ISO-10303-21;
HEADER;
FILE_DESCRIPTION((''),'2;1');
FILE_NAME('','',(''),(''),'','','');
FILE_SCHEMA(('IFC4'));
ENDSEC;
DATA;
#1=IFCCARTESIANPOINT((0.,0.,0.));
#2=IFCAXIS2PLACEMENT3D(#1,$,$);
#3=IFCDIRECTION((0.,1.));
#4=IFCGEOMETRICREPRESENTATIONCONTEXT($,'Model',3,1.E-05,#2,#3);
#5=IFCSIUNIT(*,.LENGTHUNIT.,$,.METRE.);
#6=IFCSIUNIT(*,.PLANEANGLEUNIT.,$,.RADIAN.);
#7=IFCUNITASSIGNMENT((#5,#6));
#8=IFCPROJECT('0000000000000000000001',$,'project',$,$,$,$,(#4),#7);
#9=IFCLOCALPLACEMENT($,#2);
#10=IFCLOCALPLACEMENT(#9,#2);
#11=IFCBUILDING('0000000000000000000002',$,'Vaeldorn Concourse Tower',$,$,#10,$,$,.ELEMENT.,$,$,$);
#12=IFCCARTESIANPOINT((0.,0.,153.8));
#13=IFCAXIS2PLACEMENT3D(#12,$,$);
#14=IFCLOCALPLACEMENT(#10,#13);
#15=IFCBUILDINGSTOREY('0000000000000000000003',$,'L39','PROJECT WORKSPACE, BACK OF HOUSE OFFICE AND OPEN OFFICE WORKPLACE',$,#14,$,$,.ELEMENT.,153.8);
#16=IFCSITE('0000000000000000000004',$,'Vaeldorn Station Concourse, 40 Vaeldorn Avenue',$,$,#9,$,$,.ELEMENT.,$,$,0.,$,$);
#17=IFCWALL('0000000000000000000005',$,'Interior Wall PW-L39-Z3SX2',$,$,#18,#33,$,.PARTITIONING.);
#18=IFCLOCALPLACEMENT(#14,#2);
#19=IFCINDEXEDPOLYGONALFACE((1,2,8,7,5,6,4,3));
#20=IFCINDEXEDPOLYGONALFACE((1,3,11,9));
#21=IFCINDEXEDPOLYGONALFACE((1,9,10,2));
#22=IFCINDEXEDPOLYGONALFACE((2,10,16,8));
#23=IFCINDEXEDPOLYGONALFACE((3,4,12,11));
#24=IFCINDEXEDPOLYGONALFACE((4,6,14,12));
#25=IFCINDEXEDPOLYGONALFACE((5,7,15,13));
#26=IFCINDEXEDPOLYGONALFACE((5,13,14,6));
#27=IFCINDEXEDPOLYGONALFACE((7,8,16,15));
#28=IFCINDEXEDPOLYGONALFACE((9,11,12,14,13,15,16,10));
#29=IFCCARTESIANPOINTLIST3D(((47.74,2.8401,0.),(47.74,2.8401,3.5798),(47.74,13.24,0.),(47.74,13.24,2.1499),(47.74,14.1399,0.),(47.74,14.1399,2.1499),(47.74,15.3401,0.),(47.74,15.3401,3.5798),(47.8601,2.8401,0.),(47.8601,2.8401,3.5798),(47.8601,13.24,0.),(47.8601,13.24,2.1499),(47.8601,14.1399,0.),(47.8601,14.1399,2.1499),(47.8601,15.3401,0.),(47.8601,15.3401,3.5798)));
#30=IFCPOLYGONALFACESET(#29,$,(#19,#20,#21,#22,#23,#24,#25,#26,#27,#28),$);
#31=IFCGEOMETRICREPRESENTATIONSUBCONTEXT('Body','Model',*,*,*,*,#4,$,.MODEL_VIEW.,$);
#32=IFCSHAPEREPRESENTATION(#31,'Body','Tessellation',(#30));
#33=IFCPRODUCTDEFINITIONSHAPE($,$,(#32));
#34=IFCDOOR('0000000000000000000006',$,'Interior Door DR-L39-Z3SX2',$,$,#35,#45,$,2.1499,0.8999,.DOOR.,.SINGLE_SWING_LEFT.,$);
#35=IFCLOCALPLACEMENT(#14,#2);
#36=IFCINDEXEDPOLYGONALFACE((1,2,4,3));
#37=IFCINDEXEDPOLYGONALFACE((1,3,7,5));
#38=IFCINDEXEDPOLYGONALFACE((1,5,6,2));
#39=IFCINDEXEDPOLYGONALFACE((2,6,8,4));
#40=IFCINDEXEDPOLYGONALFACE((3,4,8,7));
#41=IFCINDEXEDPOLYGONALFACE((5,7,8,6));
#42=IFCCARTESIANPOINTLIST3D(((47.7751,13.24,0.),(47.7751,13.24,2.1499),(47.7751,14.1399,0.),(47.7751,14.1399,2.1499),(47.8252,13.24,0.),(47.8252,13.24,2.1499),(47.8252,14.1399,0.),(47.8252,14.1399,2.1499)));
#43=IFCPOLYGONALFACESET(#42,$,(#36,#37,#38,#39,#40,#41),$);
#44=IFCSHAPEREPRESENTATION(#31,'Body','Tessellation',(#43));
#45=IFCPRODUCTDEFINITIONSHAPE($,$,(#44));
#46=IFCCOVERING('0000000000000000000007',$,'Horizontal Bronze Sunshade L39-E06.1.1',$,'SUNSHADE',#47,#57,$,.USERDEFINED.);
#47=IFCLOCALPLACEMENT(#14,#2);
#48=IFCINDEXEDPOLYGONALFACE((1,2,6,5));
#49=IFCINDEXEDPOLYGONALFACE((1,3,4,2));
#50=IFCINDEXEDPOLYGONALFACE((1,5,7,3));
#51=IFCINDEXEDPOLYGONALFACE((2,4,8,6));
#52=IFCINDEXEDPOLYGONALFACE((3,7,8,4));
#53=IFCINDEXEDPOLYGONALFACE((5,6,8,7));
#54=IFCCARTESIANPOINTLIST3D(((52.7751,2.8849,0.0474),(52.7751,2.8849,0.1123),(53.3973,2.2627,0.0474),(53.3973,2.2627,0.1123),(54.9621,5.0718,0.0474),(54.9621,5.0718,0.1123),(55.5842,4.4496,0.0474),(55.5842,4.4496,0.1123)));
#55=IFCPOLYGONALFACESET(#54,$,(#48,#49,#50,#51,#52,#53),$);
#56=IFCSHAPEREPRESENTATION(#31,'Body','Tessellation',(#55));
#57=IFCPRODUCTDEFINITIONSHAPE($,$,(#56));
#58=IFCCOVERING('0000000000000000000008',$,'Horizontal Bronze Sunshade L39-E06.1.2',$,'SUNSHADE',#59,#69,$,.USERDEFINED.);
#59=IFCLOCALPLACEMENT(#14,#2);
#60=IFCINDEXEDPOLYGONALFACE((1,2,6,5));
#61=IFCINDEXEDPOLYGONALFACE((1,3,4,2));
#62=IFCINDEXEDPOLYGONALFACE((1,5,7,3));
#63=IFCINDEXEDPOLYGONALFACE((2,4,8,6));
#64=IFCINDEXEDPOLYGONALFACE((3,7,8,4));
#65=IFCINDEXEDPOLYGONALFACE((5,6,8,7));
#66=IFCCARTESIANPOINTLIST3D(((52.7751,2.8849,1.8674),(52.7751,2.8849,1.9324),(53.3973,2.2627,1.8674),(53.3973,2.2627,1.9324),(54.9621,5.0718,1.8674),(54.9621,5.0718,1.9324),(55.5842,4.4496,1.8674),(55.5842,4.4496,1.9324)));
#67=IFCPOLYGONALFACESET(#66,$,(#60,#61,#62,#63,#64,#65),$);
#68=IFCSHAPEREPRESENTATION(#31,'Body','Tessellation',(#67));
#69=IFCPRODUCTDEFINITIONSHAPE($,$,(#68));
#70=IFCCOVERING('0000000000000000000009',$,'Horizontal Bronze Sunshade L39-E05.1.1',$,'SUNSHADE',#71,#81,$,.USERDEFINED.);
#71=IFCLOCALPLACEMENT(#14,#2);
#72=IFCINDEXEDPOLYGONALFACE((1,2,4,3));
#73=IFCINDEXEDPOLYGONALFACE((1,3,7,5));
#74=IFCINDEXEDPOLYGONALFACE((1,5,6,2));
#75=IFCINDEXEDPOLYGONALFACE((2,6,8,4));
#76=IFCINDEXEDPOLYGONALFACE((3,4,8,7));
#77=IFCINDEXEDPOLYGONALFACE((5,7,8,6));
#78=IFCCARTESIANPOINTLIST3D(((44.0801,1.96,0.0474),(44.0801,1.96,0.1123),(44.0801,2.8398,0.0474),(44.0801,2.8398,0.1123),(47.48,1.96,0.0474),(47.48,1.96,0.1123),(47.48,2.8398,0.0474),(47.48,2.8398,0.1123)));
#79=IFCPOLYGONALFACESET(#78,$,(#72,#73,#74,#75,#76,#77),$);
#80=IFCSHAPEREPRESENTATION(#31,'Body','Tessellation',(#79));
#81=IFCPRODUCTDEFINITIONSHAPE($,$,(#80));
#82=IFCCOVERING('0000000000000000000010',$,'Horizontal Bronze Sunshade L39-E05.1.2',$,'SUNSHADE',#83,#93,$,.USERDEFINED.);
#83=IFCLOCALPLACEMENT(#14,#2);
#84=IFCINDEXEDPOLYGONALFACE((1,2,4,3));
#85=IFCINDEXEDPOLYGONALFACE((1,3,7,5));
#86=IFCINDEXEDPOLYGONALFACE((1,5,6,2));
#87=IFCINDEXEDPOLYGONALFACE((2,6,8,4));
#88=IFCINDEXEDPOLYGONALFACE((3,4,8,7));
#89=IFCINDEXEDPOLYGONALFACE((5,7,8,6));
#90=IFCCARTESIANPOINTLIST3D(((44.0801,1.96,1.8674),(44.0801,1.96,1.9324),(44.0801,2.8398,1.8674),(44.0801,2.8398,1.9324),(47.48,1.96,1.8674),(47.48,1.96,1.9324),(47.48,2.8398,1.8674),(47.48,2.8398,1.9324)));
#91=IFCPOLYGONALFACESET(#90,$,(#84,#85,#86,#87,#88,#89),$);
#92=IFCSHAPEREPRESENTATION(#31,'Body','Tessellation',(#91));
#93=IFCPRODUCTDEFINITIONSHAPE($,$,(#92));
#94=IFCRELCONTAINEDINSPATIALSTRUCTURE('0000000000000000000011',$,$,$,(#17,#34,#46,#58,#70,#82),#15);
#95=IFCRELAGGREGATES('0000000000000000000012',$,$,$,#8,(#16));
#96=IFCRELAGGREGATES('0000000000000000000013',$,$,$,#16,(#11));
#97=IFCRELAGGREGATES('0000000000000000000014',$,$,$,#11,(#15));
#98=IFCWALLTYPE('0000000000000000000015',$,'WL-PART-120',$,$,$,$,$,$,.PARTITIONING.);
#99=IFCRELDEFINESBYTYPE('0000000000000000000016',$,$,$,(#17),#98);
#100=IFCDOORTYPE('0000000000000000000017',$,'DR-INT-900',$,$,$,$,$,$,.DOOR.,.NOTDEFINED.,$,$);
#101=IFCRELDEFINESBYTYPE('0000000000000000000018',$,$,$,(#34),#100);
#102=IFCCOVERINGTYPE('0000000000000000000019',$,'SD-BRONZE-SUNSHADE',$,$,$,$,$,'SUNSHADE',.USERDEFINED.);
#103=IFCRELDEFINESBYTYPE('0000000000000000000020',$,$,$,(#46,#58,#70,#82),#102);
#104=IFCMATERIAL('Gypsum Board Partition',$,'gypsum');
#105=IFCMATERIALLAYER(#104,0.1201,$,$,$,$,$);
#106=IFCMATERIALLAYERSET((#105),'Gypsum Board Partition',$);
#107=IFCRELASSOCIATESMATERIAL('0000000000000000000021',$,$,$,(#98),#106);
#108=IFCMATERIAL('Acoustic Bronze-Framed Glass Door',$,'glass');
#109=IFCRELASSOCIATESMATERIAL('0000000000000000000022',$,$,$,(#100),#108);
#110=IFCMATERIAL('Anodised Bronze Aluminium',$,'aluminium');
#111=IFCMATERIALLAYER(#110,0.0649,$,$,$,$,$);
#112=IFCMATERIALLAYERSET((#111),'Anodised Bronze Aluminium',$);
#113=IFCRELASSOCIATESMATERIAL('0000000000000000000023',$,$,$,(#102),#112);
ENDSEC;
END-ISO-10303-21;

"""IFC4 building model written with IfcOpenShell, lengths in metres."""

from ifc_helpers import new_model, si_unit, direction, frame, frame_2d, origin, origin_2d, place, context, subcontext, project, spatial, rectangle, extrude, source, transform, mapped, material, layer, layer_set, type_object, element, fill, save


model = new_model("IFC4")

# Units and contexts
model_context = context("Model", 3, precision=1e-05, world=origin(), true_north=direction((0.0, 1.0)))
body_context = subcontext(model_context, "Body", "Model", "MODEL_VIEW")
ifc_project = project(units=[si_unit("LENGTHUNIT", "METRE"), si_unit("PLANEANGLEUNIT", "RADIAN")], contexts=[model_context])

# Site, building, storey
site_placement = place(None, origin())
site = spatial("IfcSite", under=ifc_project, at=site_placement, Name="Vaeldorn Station Concourse, 40 Vaeldorn Avenue", CompositionType="ELEMENT", RefElevation=0.0)
building_placement = place(site_placement, origin())
building = spatial("IfcBuilding", under=site, at=building_placement, Name="Vaeldorn Concourse Tower", CompositionType="ELEMENT")
storey_placement = place(building_placement, frame((0.0, 0.0, 153.8)))
storey = spatial("IfcBuildingStorey", under=building, at=storey_placement, Name="L39", Description="PROJECT WORKSPACE, BACK OF HOUSE OFFICE AND OPEN OFFICE WORKPLACE", CompositionType="ELEMENT", Elevation=153.8)

# Shared definitions
ifc_material_1 = material(Name="Anodised Bronze Aluminium", Category="aluminium")

# Wall, opening, door
ifc_material_2 = material(Name="Gypsum Board Partition", Category="gypsum")
ifc_layer_1 = layer(ifc_material_2, 0.1201)
ifc_layer_set_1 = layer_set([ifc_layer_1], Name="Gypsum Board Partition")
wall_type_1 = type_object("IfcWallType", Name="WL-PART-120", PredefinedType="PARTITIONING", material=ifc_layer_set_1)
wall_1_placement = place(storey_placement, frame((47.8, 2.8401, 0.0), z_axis=(0.0, 0.0, 1.0), x_axis=(0.0, 1.0, 0.0)))
wall_1 = element("IfcWall", 1, at=wall_1_placement, inside=storey, type_object=wall_type_1, Name="Interior Wall PW-L39-Z3SX2", PredefinedType="PARTITIONING", context=body_context, shape_type="SweptSolid", body=[
    extrude(rectangle(XDim=12.5, YDim=0.1201, at=frame_2d((6.25, 0.0))), origin(), (0.0, 0.0, 1.0), 3.5798),
])
opening_1_placement = place(wall_1_placement, frame((10.3999, 0.0, 0.0)))
opening_1 = element("IfcOpeningElement", 2, at=opening_1_placement, cuts=wall_1, PredefinedType="OPENING", context=body_context, shape_type="SweptSolid", body=[
    extrude(rectangle(XDim=0.8999, YDim=2.1499, at=frame_2d((0.45, 1.075))), frame((0.0, 0.0701, 0.0), z_axis=(0.0, -1.0, 0.0), x_axis=(1.0, 0.0, 0.0)), (0.0, 0.0, 1.0), 0.1401),
])
ifc_material_3 = material(Name="Acoustic Bronze-Framed Glass Door", Category="glass")
door_type_1 = type_object("IfcDoorType", Name="DR-INT-900", OperationType="NOTDEFINED", PredefinedType="DOOR", material=ifc_material_3)
shared_shape_1 = source(origin(), body_context, "Body", "SweptSolid", [
    extrude(rectangle(XDim=0.8999, YDim=2.1499, at=frame_2d((0.45, 1.075))), frame((0.0, 0.0249, 0.0), z_axis=(0.0, -1.0, 0.0), x_axis=(1.0, 0.0, 0.0)), (0.0, 0.0, 1.0), 0.05),
])
door_1_placement = place(opening_1_placement, origin())
door_1 = element("IfcDoor", 3, at=door_1_placement, inside=storey, type_object=door_type_1, Name="Interior Door DR-L39-Z3SX2", OperationType="SINGLE_SWING_LEFT", OverallHeight=2.1499, OverallWidth=0.8999, PredefinedType="DOOR", context=body_context, shape_type="MappedRepresentation", body=[
    mapped(shared_shape_1, transform((0.0, 0.0, 0.0), scale=1.0)),
])
fill(opening_1, door_1)

# Coverings
ifc_layer_2 = layer(ifc_material_1, 0.0649)
ifc_layer_set_2 = layer_set([ifc_layer_2], Name="Anodised Bronze Aluminium")
covering_type = type_object("IfcCoveringType", Name="SD-BRONZE-SUNSHADE", ElementType="SUNSHADE", PredefinedType="USERDEFINED", material=ifc_layer_set_2)
shared_shape_2 = source(origin(), body_context, "Body", "SweptSolid", [
    extrude(rectangle(XDim=3.0928, YDim=0.8799, at=origin_2d()), origin(), (0.0, 0.0, 1.0), 0.0649),
])
for number, where, z_axis, x_axis, name in (
    (4, (54.1797, 3.6672, 0.0474), (0.0, 0.0, 1.0), (0.707107, 0.707107, 0.0), "Horizontal Bronze Sunshade L39-E06.1.1"),
    (5, (54.1797, 3.6672, 1.8674), (0.0, 0.0, 1.0), (0.707107, 0.707107, 0.0), "Horizontal Bronze Sunshade L39-E06.1.2"),
):
    element("IfcCovering", number, at=place(storey_placement, frame(where, z_axis=z_axis, x_axis=x_axis)), inside=storey, type_object=covering_type, Name=name, ObjectType="SUNSHADE", PredefinedType="USERDEFINED", context=body_context, shape_type="MappedRepresentation", body=[
        mapped(shared_shape_2, transform((0.0, 0.0, 0.0), scale=1.0)),
    ])
shared_shape_3 = source(origin(), body_context, "Body", "SweptSolid", [
    extrude(rectangle(XDim=3.3999, YDim=0.8799, at=origin_2d()), origin(), (0.0, 0.0, 1.0), 0.0649),
])
for number, where, z_axis, x_axis, name in (
    (6, (45.78, 2.3999, 0.0474), (0.0, 0.0, 1.0), (1.0, 0.0, 0.0), "Horizontal Bronze Sunshade L39-E05.1.1"),
    (7, (45.78, 2.3999, 1.8674), (0.0, 0.0, 1.0), (1.0, 0.0, 0.0), "Horizontal Bronze Sunshade L39-E05.1.2"),
):
    element("IfcCovering", number, at=place(storey_placement, frame(where, z_axis=z_axis, x_axis=x_axis)), inside=storey, type_object=covering_type, Name=name, ObjectType="SUNSHADE", PredefinedType="USERDEFINED", context=body_context, shape_type="MappedRepresentation", body=[
        mapped(shared_shape_3, transform((0.0, 0.0, 0.0), scale=1.0)),
    ])

save(model, "model.ifc")
